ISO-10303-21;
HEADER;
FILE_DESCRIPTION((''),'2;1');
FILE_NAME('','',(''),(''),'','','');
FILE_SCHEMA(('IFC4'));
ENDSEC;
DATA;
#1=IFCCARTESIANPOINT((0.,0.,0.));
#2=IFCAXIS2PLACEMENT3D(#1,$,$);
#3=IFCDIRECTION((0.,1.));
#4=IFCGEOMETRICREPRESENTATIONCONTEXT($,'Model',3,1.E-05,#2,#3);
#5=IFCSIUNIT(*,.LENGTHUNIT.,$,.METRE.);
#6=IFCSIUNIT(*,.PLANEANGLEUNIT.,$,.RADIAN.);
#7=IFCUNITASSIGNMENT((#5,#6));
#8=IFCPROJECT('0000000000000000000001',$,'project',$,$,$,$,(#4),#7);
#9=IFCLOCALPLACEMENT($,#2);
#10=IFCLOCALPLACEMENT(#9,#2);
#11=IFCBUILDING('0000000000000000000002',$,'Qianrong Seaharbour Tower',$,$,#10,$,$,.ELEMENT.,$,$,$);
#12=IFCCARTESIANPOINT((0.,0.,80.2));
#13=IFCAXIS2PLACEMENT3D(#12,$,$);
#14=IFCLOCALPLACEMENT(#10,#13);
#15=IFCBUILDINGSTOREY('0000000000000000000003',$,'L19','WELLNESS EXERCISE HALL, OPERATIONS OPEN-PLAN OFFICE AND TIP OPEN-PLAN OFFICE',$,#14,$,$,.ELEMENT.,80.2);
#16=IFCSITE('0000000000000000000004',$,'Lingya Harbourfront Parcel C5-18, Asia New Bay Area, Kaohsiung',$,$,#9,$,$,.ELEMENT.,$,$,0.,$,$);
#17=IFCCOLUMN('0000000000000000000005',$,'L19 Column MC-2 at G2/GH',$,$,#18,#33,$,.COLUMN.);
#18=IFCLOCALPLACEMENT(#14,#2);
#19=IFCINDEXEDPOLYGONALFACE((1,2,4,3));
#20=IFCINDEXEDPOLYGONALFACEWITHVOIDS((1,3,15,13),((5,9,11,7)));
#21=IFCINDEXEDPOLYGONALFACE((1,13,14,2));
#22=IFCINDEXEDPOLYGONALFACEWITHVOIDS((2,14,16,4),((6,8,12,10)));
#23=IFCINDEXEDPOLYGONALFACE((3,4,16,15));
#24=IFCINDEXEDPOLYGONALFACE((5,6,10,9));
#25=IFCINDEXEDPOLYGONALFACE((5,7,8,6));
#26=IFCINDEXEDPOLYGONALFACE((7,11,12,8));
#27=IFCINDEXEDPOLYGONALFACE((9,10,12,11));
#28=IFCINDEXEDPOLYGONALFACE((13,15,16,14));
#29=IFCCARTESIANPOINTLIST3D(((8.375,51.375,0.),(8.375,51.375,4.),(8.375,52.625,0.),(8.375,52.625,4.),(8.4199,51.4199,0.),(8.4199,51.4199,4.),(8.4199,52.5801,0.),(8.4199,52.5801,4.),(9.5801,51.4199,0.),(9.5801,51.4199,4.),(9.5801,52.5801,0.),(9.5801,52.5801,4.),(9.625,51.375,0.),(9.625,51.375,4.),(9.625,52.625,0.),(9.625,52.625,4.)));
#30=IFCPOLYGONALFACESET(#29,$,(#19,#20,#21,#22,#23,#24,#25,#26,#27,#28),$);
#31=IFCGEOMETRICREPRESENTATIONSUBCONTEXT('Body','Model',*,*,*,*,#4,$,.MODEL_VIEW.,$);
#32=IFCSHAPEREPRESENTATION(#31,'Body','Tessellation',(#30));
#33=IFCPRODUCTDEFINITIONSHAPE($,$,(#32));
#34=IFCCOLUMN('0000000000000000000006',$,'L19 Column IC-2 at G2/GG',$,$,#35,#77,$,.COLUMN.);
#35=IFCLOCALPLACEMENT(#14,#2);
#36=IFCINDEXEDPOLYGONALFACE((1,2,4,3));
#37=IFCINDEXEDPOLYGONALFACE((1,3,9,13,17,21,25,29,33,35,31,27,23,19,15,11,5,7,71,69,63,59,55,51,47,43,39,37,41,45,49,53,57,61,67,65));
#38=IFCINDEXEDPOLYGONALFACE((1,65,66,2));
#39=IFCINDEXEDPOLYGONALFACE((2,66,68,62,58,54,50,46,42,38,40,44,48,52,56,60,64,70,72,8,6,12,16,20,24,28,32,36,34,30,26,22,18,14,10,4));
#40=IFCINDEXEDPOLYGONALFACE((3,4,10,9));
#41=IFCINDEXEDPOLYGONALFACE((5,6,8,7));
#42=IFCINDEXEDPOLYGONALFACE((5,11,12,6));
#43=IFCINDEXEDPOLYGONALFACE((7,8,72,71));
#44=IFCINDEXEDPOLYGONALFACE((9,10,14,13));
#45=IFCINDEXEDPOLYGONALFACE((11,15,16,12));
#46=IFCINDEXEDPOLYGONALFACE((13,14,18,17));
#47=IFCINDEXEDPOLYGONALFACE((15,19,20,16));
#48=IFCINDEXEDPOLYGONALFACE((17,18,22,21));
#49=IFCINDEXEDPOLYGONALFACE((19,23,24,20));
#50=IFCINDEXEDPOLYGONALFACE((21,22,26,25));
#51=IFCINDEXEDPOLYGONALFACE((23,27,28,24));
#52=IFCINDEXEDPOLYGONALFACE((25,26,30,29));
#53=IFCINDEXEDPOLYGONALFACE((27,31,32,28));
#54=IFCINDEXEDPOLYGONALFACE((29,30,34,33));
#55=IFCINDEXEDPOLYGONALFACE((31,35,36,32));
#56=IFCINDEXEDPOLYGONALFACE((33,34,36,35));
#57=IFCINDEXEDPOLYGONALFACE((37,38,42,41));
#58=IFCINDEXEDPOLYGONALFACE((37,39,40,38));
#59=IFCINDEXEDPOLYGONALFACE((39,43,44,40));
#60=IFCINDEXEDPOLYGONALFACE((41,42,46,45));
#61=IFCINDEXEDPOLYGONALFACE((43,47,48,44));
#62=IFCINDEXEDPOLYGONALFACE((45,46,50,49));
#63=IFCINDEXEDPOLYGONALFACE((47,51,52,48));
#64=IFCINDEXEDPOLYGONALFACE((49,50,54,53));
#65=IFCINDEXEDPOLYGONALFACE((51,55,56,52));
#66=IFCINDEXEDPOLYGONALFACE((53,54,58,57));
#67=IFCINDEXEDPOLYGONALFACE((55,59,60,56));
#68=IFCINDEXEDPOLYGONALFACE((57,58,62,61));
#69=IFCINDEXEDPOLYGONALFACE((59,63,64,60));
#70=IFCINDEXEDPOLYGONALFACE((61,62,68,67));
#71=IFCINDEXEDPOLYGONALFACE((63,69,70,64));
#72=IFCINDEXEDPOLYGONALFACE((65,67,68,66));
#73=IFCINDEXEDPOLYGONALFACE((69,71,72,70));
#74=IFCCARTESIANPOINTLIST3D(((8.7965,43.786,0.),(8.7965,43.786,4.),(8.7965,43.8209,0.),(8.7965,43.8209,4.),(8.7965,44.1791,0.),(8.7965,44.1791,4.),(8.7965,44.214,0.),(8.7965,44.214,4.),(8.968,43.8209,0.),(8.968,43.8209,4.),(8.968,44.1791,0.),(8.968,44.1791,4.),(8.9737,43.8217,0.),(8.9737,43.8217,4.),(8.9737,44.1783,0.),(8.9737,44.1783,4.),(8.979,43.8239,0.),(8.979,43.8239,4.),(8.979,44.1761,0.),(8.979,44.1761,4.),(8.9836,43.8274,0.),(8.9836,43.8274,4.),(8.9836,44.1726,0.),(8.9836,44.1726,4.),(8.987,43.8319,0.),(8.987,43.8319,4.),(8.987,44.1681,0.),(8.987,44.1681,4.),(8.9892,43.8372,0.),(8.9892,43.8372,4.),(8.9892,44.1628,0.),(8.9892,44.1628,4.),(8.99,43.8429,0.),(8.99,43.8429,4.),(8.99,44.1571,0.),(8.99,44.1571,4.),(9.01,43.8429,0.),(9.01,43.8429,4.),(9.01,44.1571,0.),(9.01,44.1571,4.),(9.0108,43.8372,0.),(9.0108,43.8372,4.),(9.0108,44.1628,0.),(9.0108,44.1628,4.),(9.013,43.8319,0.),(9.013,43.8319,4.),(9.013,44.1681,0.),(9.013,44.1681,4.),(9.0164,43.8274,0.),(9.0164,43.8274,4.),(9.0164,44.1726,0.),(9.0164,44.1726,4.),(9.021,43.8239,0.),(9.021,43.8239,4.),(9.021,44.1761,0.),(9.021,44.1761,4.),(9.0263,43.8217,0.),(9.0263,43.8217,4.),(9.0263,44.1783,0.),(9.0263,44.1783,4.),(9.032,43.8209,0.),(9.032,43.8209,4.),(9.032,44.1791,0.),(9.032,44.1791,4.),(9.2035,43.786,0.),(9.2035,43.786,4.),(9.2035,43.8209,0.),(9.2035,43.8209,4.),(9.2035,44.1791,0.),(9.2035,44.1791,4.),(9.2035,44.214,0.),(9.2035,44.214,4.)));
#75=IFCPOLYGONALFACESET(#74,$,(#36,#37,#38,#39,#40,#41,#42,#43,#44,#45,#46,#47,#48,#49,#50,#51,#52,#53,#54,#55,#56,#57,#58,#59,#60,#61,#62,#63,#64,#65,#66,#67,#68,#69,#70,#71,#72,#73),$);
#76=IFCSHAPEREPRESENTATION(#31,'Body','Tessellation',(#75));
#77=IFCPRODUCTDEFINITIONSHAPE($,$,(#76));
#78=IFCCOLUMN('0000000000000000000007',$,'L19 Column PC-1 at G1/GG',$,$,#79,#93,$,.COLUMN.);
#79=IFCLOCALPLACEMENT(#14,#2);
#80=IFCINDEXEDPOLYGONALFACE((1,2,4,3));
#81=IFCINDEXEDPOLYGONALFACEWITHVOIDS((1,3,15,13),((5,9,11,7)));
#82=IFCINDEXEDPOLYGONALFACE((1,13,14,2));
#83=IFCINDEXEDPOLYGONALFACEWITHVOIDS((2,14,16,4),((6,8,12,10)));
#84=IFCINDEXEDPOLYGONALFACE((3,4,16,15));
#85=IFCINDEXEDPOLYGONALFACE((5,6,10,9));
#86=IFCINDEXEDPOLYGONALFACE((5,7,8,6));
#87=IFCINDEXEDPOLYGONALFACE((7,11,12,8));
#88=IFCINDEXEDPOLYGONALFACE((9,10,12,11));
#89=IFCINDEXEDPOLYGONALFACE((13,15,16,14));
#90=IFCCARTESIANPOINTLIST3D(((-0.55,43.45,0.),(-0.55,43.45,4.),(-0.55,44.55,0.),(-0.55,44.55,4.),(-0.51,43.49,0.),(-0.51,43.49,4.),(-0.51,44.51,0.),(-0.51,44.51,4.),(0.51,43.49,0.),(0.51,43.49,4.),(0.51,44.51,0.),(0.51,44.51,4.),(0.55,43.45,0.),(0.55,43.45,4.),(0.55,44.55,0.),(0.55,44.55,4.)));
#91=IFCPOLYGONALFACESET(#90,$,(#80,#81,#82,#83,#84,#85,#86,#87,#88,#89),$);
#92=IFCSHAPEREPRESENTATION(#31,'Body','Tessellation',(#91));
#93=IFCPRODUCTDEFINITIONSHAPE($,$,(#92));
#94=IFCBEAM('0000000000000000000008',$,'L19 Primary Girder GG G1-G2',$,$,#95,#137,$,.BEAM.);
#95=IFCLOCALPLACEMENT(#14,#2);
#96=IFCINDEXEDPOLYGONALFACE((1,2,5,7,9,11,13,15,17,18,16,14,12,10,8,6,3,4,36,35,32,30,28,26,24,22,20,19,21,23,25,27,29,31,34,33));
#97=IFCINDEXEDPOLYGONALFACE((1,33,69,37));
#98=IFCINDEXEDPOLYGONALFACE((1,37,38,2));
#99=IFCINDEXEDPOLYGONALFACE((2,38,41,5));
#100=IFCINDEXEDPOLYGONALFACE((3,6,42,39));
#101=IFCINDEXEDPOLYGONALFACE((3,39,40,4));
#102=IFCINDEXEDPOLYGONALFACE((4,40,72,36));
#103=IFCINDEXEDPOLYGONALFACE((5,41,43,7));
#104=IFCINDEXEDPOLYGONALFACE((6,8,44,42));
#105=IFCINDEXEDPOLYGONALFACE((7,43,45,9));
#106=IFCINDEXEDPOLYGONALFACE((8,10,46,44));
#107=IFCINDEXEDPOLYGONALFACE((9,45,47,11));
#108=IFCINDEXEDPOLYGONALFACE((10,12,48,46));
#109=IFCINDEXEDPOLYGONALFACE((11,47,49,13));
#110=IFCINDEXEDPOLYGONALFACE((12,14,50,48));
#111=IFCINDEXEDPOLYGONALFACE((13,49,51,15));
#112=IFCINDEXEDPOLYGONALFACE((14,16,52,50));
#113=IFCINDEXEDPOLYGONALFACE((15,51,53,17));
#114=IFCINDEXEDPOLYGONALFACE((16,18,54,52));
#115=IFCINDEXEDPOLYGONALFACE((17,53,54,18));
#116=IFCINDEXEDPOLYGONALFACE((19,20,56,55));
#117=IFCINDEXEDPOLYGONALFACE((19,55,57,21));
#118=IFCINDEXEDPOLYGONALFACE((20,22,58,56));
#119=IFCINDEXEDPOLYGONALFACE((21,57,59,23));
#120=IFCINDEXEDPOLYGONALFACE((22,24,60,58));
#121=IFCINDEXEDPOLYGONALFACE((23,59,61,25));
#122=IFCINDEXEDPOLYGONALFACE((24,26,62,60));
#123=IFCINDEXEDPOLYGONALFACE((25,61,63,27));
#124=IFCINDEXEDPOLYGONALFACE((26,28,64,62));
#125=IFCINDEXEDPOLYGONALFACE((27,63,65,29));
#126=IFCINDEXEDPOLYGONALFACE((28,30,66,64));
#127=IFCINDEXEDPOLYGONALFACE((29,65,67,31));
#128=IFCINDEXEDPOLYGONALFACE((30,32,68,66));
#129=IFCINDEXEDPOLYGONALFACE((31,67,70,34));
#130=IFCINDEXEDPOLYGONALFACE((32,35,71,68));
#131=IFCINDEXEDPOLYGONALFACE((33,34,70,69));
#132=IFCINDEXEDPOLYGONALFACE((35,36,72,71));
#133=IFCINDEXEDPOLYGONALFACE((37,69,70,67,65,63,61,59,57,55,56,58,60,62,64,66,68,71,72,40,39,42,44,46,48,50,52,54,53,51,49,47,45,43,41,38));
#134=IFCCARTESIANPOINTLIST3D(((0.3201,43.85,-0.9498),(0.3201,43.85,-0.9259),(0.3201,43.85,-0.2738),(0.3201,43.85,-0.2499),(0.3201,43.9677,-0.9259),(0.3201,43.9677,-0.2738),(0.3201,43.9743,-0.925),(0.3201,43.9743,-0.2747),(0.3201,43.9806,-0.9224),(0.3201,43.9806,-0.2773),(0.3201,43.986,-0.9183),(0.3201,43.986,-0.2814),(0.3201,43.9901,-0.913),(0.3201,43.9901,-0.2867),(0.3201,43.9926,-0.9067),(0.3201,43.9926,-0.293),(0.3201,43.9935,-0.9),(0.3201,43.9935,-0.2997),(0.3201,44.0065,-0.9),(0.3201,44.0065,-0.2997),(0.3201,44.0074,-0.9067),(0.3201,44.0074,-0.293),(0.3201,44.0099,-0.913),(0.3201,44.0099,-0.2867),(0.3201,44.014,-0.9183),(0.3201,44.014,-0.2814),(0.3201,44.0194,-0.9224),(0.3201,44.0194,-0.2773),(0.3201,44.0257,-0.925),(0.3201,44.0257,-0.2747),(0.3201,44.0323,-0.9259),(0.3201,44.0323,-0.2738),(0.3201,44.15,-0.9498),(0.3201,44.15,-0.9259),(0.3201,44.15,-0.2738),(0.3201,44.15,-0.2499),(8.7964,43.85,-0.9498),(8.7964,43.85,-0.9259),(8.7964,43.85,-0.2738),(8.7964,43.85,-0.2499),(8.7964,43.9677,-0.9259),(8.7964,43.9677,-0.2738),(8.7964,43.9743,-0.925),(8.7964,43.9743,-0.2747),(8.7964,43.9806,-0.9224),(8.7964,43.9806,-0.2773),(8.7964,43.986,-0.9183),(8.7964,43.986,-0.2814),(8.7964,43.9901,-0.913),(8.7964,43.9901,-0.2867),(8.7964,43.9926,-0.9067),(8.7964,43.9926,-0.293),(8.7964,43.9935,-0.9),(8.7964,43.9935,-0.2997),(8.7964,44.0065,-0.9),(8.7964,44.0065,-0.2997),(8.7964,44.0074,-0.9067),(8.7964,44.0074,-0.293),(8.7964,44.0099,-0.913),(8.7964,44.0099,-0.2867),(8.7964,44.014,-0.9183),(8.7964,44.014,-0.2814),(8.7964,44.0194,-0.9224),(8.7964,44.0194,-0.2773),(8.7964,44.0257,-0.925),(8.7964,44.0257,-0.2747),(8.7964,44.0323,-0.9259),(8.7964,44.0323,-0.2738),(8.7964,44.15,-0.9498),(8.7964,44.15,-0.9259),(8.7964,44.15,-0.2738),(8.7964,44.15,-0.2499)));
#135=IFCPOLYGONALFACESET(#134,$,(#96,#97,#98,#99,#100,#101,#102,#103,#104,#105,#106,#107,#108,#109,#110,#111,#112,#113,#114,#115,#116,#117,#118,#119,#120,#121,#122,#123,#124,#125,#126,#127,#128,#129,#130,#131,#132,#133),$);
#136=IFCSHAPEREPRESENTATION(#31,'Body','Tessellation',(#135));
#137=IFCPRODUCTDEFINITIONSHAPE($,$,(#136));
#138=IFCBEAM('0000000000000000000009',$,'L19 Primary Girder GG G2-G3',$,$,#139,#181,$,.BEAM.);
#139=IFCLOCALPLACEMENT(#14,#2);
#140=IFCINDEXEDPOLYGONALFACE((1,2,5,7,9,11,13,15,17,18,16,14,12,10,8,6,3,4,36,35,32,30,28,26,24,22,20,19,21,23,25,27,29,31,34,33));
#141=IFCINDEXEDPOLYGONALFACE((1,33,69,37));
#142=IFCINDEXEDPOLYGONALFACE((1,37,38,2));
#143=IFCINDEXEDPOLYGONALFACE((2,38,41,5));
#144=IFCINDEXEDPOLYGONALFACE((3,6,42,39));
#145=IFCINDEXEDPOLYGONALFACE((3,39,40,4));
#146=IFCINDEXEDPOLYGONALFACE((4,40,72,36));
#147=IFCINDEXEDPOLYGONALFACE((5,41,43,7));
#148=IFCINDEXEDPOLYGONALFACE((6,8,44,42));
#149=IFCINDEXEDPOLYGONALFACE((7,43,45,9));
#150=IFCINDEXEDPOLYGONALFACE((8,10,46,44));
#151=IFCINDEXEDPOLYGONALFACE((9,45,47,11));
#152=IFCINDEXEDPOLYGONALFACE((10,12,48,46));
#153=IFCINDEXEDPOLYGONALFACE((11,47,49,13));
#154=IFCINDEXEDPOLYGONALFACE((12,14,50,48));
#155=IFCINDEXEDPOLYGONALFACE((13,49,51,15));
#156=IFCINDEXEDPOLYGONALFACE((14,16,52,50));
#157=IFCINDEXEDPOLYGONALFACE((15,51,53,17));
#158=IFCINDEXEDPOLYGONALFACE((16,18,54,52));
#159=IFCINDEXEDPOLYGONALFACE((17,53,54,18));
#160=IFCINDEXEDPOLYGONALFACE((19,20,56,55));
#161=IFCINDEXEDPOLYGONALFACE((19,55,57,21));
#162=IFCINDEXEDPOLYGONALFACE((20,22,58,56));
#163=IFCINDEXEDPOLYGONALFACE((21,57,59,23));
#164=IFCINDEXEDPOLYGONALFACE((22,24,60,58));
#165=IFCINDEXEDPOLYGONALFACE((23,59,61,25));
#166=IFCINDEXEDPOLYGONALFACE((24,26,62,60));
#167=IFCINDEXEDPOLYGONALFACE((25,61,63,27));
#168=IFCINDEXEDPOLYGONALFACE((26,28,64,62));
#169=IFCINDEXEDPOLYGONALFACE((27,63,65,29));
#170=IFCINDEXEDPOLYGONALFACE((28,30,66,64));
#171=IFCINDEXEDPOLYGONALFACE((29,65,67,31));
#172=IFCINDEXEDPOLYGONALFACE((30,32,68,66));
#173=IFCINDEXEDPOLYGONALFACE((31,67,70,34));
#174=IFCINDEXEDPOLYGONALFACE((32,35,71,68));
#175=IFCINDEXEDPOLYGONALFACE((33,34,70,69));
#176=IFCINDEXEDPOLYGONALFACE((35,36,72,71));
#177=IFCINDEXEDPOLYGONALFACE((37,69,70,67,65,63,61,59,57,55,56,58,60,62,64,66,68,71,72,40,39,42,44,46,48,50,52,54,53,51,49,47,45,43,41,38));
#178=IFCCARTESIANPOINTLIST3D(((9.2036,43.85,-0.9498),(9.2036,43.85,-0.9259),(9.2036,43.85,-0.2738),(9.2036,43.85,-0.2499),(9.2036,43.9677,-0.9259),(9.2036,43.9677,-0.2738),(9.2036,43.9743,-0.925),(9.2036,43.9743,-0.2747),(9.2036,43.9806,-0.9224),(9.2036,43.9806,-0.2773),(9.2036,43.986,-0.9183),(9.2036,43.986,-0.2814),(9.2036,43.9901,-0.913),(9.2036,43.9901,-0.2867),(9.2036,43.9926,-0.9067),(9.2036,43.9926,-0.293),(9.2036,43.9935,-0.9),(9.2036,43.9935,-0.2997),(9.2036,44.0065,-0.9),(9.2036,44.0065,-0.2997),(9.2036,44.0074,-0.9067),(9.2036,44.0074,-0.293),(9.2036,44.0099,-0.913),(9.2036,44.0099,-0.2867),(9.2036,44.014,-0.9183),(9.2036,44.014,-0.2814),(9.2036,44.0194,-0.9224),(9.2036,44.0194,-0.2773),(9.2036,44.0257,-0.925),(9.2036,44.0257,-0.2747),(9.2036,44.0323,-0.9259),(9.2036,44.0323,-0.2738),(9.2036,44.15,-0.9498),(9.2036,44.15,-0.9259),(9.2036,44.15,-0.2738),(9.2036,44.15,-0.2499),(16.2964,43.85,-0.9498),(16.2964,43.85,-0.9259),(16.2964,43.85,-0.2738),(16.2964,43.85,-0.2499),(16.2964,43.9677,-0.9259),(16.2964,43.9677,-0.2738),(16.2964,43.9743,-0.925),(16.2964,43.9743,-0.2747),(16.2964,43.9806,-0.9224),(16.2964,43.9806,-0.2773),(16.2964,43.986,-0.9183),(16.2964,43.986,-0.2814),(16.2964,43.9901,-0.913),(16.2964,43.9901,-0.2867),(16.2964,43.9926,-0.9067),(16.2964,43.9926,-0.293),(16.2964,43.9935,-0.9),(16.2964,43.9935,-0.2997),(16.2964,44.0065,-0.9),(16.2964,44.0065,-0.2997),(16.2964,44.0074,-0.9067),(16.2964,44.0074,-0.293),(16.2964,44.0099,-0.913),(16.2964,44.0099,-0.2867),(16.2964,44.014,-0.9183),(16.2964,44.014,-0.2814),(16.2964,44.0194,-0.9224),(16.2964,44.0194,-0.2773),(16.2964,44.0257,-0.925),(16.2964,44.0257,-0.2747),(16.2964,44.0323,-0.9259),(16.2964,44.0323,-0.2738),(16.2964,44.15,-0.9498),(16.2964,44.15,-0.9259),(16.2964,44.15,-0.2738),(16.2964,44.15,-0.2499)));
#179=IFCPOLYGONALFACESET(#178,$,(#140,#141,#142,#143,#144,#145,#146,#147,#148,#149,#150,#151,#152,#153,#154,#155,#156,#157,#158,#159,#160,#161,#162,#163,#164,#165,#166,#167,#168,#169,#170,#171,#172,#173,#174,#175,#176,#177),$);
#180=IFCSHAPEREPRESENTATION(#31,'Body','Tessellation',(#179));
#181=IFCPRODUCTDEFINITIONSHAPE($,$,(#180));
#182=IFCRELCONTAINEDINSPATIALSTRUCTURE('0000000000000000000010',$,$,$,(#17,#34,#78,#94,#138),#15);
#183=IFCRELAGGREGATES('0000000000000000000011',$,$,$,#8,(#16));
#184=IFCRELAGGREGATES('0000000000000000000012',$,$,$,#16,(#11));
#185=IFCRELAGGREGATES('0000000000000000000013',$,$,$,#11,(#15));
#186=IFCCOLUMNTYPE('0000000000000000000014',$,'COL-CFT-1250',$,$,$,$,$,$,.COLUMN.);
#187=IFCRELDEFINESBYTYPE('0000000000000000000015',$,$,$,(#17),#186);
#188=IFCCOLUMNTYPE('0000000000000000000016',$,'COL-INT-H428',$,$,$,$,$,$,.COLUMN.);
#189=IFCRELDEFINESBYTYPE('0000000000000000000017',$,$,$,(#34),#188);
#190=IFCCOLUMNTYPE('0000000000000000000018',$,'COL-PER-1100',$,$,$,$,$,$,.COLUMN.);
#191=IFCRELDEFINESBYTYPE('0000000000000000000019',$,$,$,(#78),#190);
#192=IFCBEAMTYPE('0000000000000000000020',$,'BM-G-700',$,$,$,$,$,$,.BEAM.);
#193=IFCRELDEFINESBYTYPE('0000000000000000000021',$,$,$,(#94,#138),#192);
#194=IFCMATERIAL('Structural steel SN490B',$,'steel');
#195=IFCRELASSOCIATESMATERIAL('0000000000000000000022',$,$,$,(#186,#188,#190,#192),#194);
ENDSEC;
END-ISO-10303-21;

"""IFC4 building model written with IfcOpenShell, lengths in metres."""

from ifc_helpers import new_model, si_unit, direction, frame, origin, origin_2d, place, context, subcontext, project, spatial, hollow_rectangle, i_section, extrude, material, material_profile, profile_set, type_object, element, save


model = new_model("IFC4")

# Units and contexts
model_context = context("Model", 3, precision=1e-05, world=origin(), true_north=direction((0.0, 1.0)))
body_context = subcontext(model_context, "Body", "Model", "MODEL_VIEW")
ifc_project = project(units=[si_unit("LENGTHUNIT", "METRE"), si_unit("PLANEANGLEUNIT", "RADIAN")], contexts=[model_context])

# Site, building, storey
site_placement = place(None, origin())
site = spatial("IfcSite", under=ifc_project, at=site_placement, Name="Lingya Harbourfront Parcel C5-18, Asia New Bay Area, Kaohsiung", CompositionType="ELEMENT", RefElevation=0.0)
building_placement = place(site_placement, origin())
building = spatial("IfcBuilding", under=site, at=building_placement, Name="Qianrong Seaharbour Tower", CompositionType="ELEMENT")
storey_placement = place(building_placement, frame((0.0, 0.0, 80.2)))
storey = spatial("IfcBuildingStorey", under=building, at=storey_placement, Name="L19", Description="WELLNESS EXERCISE HALL, OPERATIONS OPEN-PLAN OFFICE AND TIP OPEN-PLAN OFFICE", CompositionType="ELEMENT", Elevation=80.2)

# Columns
ifc_material_1 = material(Name="Structural steel SN490B", Category="steel")
ifc_material_profile_1 = material_profile(ifc_material_1, hollow_rectangle(XDim=1.25, YDim=1.25, WallThickness=0.0449, at=origin_2d()), Name="BOX1250x1250x45")
ifc_profile_set_1 = profile_set([ifc_material_profile_1], Name="Structural steel SN490B")
column_type_1 = type_object("IfcColumnType", Name="COL-CFT-1250", PredefinedType="COLUMN", material=ifc_profile_set_1)
column_1_placement = place(storey_placement, frame((9.0, 52.0, 0.0), z_axis=(0.0, 0.0, 1.0), x_axis=(1.0, 0.0, 0.0)))
element("IfcColumn", 1, at=column_1_placement, inside=storey, type_object=column_type_1, Name="L19 Column MC-2 at G2/GH", PredefinedType="COLUMN", context=body_context, shape_type="SweptSolid", body=[
    extrude(hollow_rectangle(XDim=1.25, YDim=1.25, WallThickness=0.0449, at=origin_2d()), origin(), (0.0, 0.0, 1.0), 4.0),
])
ifc_material_profile_2 = material_profile(ifc_material_1, i_section(OverallWidth=0.407, OverallDepth=0.428, WebThickness=0.02, FlangeThickness=0.0349, FilletRadius=0.022, at=origin_2d()), Name="H428x407x20x35")
ifc_profile_set_2 = profile_set([ifc_material_profile_2], Name="Structural steel SN490B")
column_type_2 = type_object("IfcColumnType", Name="COL-INT-H428", PredefinedType="COLUMN", material=ifc_profile_set_2)
column_2_placement = place(storey_placement, frame((9.0, 44.0, 0.0), z_axis=(0.0, 0.0, 1.0), x_axis=(1.0, 0.0, 0.0)))
element("IfcColumn", 2, at=column_2_placement, inside=storey, type_object=column_type_2, Name="L19 Column IC-2 at G2/GG", PredefinedType="COLUMN", context=body_context, shape_type="SweptSolid", body=[
    extrude(i_section(OverallWidth=0.407, OverallDepth=0.428, WebThickness=0.02, FlangeThickness=0.0349, FilletRadius=0.022, at=origin_2d()), origin(), (0.0, 0.0, 1.0), 4.0),
])
ifc_material_profile_3 = material_profile(ifc_material_1, hollow_rectangle(XDim=1.1001, YDim=1.1001, WallThickness=0.04, at=origin_2d()), Name="BOX1100x1100x40")
ifc_profile_set_3 = profile_set([ifc_material_profile_3], Name="Structural steel SN490B")
column_type_3 = type_object("IfcColumnType", Name="COL-PER-1100", PredefinedType="COLUMN", material=ifc_profile_set_3)
column_3_placement = place(storey_placement, frame((0.0, 44.0, 0.0), z_axis=(0.0, 0.0, 1.0), x_axis=(1.0, 0.0, 0.0)))
element("IfcColumn", 3, at=column_3_placement, inside=storey, type_object=column_type_3, Name="L19 Column PC-1 at G1/GG", PredefinedType="COLUMN", context=body_context, shape_type="SweptSolid", body=[
    extrude(hollow_rectangle(XDim=1.1001, YDim=1.1001, WallThickness=0.04, at=origin_2d()), origin(), (0.0, 0.0, 1.0), 4.0),
])

# Beams
ifc_material_profile_4 = material_profile(ifc_material_1, i_section(OverallWidth=0.3, OverallDepth=0.7, WebThickness=0.0129, FlangeThickness=0.0239, FilletRadius=0.0259, at=origin_2d()), Name="H700x300x13x24")
ifc_profile_set_4 = profile_set([ifc_material_profile_4], Name="Structural steel SN490B")
beam_type_1 = type_object("IfcBeamType", Name="BM-G-700", PredefinedType="BEAM", material=ifc_profile_set_4)
beam_1_placement = place(storey_placement, frame((0.3201, 44.0, -0.5999), z_axis=(1.0, 0.0, 0.0), x_axis=(0.0, 1.0, 0.0)))
element("IfcBeam", 4, at=beam_1_placement, inside=storey, type_object=beam_type_1, Name="L19 Primary Girder GG G1-G2", PredefinedType="BEAM", context=body_context, shape_type="SweptSolid", body=[
    extrude(i_section(OverallWidth=0.3, OverallDepth=0.7, WebThickness=0.0129, FlangeThickness=0.0239, FilletRadius=0.0259, at=origin_2d()), origin(), (0.0, 0.0, 1.0), 8.4763),
])
beam_2_placement = place(storey_placement, frame((9.2036, 44.0, -0.5999), z_axis=(1.0, 0.0, 0.0), x_axis=(0.0, 1.0, 0.0)))
element("IfcBeam", 5, at=beam_2_placement, inside=storey, type_object=beam_type_1, Name="L19 Primary Girder GG G2-G3", PredefinedType="BEAM", context=body_context, shape_type="SweptSolid", body=[
    extrude(i_section(OverallWidth=0.3, OverallDepth=0.7, WebThickness=0.0129, FlangeThickness=0.0239, FilletRadius=0.0259, at=origin_2d()), origin(), (0.0, 0.0, 1.0), 7.0928),
])

save(model, "model.ifc")
